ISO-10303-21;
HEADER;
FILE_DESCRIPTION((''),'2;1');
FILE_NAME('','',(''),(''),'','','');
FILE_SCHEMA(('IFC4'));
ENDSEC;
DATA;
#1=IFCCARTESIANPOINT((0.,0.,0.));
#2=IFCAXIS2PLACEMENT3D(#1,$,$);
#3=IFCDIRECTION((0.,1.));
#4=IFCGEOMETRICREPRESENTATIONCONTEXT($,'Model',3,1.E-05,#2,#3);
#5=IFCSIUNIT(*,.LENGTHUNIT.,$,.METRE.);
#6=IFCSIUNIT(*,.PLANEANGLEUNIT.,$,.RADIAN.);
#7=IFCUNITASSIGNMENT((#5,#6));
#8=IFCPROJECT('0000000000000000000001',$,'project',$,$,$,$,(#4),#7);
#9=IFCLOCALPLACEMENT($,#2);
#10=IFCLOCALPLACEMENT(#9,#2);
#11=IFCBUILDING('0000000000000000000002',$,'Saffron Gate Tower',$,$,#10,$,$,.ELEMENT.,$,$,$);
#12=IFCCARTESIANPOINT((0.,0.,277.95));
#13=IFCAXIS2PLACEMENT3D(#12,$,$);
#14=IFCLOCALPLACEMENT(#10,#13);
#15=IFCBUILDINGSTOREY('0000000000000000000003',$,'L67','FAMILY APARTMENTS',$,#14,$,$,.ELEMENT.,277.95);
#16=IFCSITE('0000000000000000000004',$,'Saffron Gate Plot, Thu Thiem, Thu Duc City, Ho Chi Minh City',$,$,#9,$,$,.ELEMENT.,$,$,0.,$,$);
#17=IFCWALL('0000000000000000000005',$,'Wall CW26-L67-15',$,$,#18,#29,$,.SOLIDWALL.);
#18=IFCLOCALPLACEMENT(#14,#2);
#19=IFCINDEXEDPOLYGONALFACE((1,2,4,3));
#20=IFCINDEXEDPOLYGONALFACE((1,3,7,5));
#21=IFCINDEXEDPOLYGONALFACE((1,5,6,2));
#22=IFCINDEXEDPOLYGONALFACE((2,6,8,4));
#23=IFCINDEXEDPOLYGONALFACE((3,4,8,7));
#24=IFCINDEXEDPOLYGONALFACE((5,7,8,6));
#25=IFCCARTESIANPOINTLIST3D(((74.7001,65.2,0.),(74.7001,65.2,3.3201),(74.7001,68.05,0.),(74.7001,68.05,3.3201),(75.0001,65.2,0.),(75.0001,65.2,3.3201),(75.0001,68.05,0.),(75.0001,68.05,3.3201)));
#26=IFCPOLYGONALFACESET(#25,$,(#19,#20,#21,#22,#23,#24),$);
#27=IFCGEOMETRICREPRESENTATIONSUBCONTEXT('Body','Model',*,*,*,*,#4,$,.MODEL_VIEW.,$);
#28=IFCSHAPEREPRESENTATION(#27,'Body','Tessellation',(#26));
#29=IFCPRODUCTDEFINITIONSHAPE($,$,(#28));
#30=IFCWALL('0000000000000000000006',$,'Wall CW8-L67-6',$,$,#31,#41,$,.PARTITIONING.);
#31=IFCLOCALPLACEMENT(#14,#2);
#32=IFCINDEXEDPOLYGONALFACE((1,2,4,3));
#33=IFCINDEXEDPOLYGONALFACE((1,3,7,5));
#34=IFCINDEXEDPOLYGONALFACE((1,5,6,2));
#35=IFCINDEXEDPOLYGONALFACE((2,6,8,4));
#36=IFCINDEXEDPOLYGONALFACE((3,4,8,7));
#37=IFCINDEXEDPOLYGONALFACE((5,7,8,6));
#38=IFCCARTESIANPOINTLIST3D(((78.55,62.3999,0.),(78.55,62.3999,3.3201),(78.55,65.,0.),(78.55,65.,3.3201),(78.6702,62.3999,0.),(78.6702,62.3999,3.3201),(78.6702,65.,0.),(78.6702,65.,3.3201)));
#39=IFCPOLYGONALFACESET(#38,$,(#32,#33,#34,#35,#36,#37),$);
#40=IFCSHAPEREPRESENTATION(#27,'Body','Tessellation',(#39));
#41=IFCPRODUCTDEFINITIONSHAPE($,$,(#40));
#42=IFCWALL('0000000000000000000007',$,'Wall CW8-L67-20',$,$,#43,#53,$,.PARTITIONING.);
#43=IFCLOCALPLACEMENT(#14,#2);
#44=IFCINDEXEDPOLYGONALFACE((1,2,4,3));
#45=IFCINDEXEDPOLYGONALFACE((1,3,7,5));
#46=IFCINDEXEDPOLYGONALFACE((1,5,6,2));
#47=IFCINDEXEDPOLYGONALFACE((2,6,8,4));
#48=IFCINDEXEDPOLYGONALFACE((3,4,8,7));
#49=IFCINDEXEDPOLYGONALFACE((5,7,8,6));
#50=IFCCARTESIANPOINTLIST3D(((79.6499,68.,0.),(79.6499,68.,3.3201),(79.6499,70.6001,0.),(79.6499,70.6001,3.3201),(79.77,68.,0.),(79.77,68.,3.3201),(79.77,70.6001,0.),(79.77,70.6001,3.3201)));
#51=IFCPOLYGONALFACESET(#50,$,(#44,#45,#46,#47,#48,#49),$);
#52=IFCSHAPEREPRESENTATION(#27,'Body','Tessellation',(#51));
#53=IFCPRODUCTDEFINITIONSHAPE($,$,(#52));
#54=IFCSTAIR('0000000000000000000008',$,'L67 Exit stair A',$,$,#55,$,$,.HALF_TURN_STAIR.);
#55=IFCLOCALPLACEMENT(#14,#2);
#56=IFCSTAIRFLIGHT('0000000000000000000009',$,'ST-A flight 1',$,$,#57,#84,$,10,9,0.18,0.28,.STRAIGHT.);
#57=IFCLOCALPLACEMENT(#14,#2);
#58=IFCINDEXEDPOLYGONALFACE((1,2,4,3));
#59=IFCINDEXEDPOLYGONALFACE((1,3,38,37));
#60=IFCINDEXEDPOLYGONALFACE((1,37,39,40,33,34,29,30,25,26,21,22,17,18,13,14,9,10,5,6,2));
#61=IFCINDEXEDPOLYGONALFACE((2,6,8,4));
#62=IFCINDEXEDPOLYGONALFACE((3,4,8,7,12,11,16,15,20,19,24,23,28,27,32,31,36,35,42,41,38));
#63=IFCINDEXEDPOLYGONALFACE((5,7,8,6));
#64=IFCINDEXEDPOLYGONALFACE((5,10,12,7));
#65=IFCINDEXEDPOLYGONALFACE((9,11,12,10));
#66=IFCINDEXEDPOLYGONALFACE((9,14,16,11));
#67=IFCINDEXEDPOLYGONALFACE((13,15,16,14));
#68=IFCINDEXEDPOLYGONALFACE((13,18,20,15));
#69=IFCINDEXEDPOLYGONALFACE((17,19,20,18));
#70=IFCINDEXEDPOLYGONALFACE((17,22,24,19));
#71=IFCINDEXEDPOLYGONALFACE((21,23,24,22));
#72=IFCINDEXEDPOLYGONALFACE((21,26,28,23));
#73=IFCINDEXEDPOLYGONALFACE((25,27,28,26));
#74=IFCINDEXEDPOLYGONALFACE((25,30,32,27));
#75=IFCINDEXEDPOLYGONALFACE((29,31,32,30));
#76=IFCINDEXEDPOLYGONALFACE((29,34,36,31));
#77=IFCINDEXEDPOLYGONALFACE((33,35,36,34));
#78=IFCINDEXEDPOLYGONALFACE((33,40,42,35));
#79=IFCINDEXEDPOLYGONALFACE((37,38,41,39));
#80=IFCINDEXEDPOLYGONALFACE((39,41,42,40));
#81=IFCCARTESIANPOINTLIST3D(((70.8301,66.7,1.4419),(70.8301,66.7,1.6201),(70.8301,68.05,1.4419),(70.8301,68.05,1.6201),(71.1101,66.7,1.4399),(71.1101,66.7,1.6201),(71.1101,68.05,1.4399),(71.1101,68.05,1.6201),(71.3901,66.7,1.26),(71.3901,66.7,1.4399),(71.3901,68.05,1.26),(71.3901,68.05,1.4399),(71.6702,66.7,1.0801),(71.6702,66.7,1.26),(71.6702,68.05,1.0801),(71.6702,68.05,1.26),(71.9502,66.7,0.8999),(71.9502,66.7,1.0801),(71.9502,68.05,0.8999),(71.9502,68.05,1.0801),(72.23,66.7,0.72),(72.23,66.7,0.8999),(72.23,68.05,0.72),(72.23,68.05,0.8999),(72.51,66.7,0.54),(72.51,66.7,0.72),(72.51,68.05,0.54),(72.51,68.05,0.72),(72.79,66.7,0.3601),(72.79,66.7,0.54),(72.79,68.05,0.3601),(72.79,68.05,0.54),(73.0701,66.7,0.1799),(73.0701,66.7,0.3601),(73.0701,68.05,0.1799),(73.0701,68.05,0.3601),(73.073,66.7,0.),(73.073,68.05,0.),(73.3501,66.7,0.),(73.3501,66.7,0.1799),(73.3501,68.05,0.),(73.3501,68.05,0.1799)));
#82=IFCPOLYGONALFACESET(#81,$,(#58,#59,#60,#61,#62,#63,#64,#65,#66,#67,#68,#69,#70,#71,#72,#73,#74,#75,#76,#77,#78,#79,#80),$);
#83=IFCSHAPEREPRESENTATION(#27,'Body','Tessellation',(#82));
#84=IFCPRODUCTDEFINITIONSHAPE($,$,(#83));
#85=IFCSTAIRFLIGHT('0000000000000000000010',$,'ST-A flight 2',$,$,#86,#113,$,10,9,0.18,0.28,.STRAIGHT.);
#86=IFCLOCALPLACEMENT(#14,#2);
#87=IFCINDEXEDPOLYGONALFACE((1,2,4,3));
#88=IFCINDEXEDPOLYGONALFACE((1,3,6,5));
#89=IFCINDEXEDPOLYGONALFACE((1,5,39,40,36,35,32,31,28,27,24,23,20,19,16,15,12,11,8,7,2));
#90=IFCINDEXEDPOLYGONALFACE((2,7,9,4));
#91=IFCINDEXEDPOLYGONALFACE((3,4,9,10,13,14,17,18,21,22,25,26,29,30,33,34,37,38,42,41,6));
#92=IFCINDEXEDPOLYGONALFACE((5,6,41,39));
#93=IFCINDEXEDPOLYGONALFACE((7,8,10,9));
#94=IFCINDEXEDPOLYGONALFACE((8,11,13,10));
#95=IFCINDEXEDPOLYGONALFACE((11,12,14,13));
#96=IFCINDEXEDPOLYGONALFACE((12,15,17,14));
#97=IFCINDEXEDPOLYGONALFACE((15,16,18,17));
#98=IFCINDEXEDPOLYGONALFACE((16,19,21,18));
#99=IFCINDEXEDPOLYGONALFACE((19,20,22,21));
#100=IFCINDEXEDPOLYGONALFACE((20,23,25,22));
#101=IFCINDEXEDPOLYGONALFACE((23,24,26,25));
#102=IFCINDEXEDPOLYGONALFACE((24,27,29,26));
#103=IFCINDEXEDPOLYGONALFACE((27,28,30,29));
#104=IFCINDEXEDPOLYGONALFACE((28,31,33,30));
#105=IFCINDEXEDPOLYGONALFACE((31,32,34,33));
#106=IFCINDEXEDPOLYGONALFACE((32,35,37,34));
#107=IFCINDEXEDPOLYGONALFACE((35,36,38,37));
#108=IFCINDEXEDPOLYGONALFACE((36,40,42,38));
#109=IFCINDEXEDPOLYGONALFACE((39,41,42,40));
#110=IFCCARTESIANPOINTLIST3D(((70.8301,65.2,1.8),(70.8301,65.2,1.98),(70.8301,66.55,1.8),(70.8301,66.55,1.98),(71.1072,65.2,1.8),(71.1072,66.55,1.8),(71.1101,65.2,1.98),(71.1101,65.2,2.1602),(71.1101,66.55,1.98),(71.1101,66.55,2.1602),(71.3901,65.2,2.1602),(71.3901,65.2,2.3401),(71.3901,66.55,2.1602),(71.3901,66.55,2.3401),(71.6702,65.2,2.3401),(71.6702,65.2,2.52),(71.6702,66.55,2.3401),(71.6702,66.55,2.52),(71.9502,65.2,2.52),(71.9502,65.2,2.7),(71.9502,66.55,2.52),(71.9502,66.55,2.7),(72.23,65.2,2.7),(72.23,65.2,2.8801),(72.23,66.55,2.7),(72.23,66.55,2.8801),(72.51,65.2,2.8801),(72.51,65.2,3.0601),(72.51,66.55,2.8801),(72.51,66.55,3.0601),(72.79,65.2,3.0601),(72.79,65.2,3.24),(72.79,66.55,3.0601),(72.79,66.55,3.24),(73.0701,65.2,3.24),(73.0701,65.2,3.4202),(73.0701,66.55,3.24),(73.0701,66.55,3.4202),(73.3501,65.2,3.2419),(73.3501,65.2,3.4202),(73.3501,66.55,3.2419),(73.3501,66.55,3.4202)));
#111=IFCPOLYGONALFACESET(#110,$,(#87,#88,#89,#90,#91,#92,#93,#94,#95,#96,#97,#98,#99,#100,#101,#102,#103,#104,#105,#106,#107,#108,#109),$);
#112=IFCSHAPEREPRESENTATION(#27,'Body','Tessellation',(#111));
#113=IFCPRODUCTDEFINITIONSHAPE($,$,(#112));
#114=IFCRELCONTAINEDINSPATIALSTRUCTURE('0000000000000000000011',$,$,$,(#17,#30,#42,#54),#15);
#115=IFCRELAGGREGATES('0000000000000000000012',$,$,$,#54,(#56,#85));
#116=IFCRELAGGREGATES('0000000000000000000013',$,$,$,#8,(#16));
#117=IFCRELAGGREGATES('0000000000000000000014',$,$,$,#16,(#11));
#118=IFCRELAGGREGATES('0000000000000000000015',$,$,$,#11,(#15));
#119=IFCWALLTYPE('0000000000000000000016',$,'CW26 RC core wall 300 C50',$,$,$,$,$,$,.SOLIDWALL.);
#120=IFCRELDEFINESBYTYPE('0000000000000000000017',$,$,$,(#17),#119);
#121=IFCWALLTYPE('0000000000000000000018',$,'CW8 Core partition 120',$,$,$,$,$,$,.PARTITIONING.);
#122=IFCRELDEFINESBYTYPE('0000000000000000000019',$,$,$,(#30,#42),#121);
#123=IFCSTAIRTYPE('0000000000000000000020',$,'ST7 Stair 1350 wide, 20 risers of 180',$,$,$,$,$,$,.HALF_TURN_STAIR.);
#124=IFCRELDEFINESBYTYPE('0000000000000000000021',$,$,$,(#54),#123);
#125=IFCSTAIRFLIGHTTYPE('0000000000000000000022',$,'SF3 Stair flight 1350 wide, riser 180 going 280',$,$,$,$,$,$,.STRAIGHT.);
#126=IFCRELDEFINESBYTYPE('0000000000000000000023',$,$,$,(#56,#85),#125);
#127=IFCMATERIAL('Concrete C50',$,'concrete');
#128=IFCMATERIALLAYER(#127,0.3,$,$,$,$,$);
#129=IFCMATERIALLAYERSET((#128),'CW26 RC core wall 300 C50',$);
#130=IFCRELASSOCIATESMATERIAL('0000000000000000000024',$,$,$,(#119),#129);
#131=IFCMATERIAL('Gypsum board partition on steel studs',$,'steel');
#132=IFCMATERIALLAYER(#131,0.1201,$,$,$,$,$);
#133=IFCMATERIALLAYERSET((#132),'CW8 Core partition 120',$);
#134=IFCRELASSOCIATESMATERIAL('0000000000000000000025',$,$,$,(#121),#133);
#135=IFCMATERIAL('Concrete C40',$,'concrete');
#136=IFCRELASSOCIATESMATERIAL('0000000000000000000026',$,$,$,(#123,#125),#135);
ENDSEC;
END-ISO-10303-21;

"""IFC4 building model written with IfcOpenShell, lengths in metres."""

from ifc_helpers import new_model, si_unit, direction, frame, frame_2d, origin, place, context, subcontext, project, spatial, polyline, rectangle, outline, extrude, material, layer, layer_set, type_object, element, aggregate, save


model = new_model("IFC4")

# Units and contexts
model_context = context("Model", 3, precision=1e-05, world=origin(), true_north=direction((0.0, 1.0)))
body_context = subcontext(model_context, "Body", "Model", "MODEL_VIEW")
ifc_project = project(units=[si_unit("LENGTHUNIT", "METRE"), si_unit("PLANEANGLEUNIT", "RADIAN")], contexts=[model_context])

# Site, building, storey
site_placement = place(None, origin())
site = spatial("IfcSite", under=ifc_project, at=site_placement, Name="Saffron Gate Plot, Thu Thiem, Thu Duc City, Ho Chi Minh City", CompositionType="ELEMENT", RefElevation=0.0)
building_placement = place(site_placement, origin())
building = spatial("IfcBuilding", under=site, at=building_placement, Name="Saffron Gate Tower", CompositionType="ELEMENT")
storey_placement = place(building_placement, frame((0.0, 0.0, 277.95)))
storey = spatial("IfcBuildingStorey", under=building, at=storey_placement, Name="L67", Description="FAMILY APARTMENTS", CompositionType="ELEMENT", Elevation=277.95)

# Shared definitions
ifc_material_1 = material(Name="Concrete C50", Category="concrete")

# Walls
ifc_layer_1 = layer(ifc_material_1, 0.3)
ifc_layer_set_1 = layer_set([ifc_layer_1], Name="CW26 RC core wall 300 C50")
wall_type_1 = type_object("IfcWallType", Name="CW26 RC core wall 300 C50", PredefinedType="SOLIDWALL", material=ifc_layer_set_1)
wall_1_placement = place(storey_placement, frame((74.8501, 65.2, 0.0), z_axis=(0.0, 0.0, 1.0), x_axis=(0.0, 1.0, 0.0)))
element("IfcWall", 1, at=wall_1_placement, inside=storey, type_object=wall_type_1, Name="Wall CW26-L67-15", PredefinedType="SOLIDWALL", context=body_context, shape_type="SweptSolid", body=[
    extrude(rectangle(XDim=2.8501, YDim=0.3, at=frame_2d((1.425, 0.0))), origin(), (0.0, 0.0, 1.0), 3.3201),
])
ifc_material_2 = material(Name="Gypsum board partition on steel studs", Category="steel")
ifc_layer_2 = layer(ifc_material_2, 0.1201)
ifc_layer_set_2 = layer_set([ifc_layer_2], Name="CW8 Core partition 120")
wall_type_2 = type_object("IfcWallType", Name="CW8 Core partition 120", PredefinedType="PARTITIONING", material=ifc_layer_set_2)
for number, where, z_axis, x_axis, name in (
    (2, (78.6101, 62.3999, 0.0), (0.0, 0.0, 1.0), (0.0, 1.0, 0.0), "Wall CW8-L67-6"),
    (3, (79.71, 68.0, 0.0), (0.0, 0.0, 1.0), (0.0, 1.0, 0.0), "Wall CW8-L67-20"),
):
    element("IfcWall", number, at=place(storey_placement, frame(where, z_axis=z_axis, x_axis=x_axis)), inside=storey, type_object=wall_type_2, Name=name, PredefinedType="PARTITIONING", context=body_context, shape_type="SweptSolid", body=[
        extrude(rectangle(XDim=2.6001, YDim=0.1201, at=frame_2d((1.3, 0.0))), origin(), (0.0, 0.0, 1.0), 3.3201),
    ])

# Stair, stair flights
ifc_material_3 = material(Name="Concrete C40", Category="concrete")
stair_type = type_object("IfcStairType", Name="ST7 Stair 1350 wide, 20 risers of 180", PredefinedType="HALF_TURN_STAIR", material=ifc_material_3)
stair_placement = place(storey_placement, origin())
stair = element("IfcStair", 4, at=stair_placement, inside=storey, type_object=stair_type, Name="L67 Exit stair A", PredefinedType="HALF_TURN_STAIR")
stair_flight_type = type_object("IfcStairFlightType", Name="SF3 Stair flight 1350 wide, riser 180 going 280", PredefinedType="STRAIGHT", material=ifc_material_3)
stair_flight_1_placement = place(storey_placement, frame((73.3501, 67.375, 0.0), z_axis=(0.0, 0.0, 1.0), x_axis=(-1.0, 0.0, 0.0)))
stair_flight_1 = element("IfcStairFlight", 5, at=stair_flight_1_placement, type_object=stair_flight_type, Name="ST-A flight 1", NumberOfRisers=10, NumberOfTreads=9, PredefinedType="STRAIGHT", RiserHeight=0.18, TreadLength=0.28, context=body_context, shape_type="SweptSolid", body=[
    extrude(outline(polyline([(0.0, 0.0), (0.0, 0.1799), (0.28, 0.1799), (0.28, 0.3601), (0.5601, 0.3601), (0.5601, 0.54), (0.8401, 0.54), (0.8401, 0.72), (1.1201, 0.72), (1.1201, 0.8999), (1.3999, 0.8999), (1.3999, 1.0801), (1.6799, 1.0801), (1.6799, 1.26), (1.96, 1.26), (1.96, 1.4399), (2.24, 1.4399), (2.24, 1.6201), (2.52, 1.6201), (2.52, 1.8), (2.52, 1.4419), (0.2771, 0.0), (0.0, 0.0)])), frame((0.0, 0.675, 0.0), z_axis=(0.0, -1.0, 0.0), x_axis=(1.0, 0.0, 0.0)), (0.0, 0.0, 1.0), 1.3501),
])
stair_flight_2_placement = place(storey_placement, frame((70.8301, 65.875, 1.8), z_axis=(0.0, 0.0, 1.0), x_axis=(1.0, 0.0, 0.0)))
stair_flight_2 = element("IfcStairFlight", 6, at=stair_flight_2_placement, type_object=stair_flight_type, Name="ST-A flight 2", NumberOfRisers=10, NumberOfTreads=9, PredefinedType="STRAIGHT", RiserHeight=0.18, TreadLength=0.28, context=body_context, shape_type="SweptSolid", body=[
    extrude(outline(polyline([(0.0, 0.0), (0.0, 0.1799), (0.28, 0.1799), (0.28, 0.3601), (0.5601, 0.3601), (0.5601, 0.54), (0.8401, 0.54), (0.8401, 0.72), (1.1201, 0.72), (1.1201, 0.8999), (1.3999, 0.8999), (1.3999, 1.0801), (1.6799, 1.0801), (1.6799, 1.26), (1.96, 1.26), (1.96, 1.4399), (2.24, 1.4399), (2.24, 1.6201), (2.52, 1.6201), (2.52, 1.8), (2.52, 1.4419), (0.2771, 0.0), (0.0, 0.0)])), frame((0.0, 0.675, 0.0), z_axis=(0.0, -1.0, 0.0), x_axis=(1.0, 0.0, 0.0)), (0.0, 0.0, 1.0), 1.3501),
])
aggregate(stair, [stair_flight_1, stair_flight_2])

save(model, "model.ifc")
